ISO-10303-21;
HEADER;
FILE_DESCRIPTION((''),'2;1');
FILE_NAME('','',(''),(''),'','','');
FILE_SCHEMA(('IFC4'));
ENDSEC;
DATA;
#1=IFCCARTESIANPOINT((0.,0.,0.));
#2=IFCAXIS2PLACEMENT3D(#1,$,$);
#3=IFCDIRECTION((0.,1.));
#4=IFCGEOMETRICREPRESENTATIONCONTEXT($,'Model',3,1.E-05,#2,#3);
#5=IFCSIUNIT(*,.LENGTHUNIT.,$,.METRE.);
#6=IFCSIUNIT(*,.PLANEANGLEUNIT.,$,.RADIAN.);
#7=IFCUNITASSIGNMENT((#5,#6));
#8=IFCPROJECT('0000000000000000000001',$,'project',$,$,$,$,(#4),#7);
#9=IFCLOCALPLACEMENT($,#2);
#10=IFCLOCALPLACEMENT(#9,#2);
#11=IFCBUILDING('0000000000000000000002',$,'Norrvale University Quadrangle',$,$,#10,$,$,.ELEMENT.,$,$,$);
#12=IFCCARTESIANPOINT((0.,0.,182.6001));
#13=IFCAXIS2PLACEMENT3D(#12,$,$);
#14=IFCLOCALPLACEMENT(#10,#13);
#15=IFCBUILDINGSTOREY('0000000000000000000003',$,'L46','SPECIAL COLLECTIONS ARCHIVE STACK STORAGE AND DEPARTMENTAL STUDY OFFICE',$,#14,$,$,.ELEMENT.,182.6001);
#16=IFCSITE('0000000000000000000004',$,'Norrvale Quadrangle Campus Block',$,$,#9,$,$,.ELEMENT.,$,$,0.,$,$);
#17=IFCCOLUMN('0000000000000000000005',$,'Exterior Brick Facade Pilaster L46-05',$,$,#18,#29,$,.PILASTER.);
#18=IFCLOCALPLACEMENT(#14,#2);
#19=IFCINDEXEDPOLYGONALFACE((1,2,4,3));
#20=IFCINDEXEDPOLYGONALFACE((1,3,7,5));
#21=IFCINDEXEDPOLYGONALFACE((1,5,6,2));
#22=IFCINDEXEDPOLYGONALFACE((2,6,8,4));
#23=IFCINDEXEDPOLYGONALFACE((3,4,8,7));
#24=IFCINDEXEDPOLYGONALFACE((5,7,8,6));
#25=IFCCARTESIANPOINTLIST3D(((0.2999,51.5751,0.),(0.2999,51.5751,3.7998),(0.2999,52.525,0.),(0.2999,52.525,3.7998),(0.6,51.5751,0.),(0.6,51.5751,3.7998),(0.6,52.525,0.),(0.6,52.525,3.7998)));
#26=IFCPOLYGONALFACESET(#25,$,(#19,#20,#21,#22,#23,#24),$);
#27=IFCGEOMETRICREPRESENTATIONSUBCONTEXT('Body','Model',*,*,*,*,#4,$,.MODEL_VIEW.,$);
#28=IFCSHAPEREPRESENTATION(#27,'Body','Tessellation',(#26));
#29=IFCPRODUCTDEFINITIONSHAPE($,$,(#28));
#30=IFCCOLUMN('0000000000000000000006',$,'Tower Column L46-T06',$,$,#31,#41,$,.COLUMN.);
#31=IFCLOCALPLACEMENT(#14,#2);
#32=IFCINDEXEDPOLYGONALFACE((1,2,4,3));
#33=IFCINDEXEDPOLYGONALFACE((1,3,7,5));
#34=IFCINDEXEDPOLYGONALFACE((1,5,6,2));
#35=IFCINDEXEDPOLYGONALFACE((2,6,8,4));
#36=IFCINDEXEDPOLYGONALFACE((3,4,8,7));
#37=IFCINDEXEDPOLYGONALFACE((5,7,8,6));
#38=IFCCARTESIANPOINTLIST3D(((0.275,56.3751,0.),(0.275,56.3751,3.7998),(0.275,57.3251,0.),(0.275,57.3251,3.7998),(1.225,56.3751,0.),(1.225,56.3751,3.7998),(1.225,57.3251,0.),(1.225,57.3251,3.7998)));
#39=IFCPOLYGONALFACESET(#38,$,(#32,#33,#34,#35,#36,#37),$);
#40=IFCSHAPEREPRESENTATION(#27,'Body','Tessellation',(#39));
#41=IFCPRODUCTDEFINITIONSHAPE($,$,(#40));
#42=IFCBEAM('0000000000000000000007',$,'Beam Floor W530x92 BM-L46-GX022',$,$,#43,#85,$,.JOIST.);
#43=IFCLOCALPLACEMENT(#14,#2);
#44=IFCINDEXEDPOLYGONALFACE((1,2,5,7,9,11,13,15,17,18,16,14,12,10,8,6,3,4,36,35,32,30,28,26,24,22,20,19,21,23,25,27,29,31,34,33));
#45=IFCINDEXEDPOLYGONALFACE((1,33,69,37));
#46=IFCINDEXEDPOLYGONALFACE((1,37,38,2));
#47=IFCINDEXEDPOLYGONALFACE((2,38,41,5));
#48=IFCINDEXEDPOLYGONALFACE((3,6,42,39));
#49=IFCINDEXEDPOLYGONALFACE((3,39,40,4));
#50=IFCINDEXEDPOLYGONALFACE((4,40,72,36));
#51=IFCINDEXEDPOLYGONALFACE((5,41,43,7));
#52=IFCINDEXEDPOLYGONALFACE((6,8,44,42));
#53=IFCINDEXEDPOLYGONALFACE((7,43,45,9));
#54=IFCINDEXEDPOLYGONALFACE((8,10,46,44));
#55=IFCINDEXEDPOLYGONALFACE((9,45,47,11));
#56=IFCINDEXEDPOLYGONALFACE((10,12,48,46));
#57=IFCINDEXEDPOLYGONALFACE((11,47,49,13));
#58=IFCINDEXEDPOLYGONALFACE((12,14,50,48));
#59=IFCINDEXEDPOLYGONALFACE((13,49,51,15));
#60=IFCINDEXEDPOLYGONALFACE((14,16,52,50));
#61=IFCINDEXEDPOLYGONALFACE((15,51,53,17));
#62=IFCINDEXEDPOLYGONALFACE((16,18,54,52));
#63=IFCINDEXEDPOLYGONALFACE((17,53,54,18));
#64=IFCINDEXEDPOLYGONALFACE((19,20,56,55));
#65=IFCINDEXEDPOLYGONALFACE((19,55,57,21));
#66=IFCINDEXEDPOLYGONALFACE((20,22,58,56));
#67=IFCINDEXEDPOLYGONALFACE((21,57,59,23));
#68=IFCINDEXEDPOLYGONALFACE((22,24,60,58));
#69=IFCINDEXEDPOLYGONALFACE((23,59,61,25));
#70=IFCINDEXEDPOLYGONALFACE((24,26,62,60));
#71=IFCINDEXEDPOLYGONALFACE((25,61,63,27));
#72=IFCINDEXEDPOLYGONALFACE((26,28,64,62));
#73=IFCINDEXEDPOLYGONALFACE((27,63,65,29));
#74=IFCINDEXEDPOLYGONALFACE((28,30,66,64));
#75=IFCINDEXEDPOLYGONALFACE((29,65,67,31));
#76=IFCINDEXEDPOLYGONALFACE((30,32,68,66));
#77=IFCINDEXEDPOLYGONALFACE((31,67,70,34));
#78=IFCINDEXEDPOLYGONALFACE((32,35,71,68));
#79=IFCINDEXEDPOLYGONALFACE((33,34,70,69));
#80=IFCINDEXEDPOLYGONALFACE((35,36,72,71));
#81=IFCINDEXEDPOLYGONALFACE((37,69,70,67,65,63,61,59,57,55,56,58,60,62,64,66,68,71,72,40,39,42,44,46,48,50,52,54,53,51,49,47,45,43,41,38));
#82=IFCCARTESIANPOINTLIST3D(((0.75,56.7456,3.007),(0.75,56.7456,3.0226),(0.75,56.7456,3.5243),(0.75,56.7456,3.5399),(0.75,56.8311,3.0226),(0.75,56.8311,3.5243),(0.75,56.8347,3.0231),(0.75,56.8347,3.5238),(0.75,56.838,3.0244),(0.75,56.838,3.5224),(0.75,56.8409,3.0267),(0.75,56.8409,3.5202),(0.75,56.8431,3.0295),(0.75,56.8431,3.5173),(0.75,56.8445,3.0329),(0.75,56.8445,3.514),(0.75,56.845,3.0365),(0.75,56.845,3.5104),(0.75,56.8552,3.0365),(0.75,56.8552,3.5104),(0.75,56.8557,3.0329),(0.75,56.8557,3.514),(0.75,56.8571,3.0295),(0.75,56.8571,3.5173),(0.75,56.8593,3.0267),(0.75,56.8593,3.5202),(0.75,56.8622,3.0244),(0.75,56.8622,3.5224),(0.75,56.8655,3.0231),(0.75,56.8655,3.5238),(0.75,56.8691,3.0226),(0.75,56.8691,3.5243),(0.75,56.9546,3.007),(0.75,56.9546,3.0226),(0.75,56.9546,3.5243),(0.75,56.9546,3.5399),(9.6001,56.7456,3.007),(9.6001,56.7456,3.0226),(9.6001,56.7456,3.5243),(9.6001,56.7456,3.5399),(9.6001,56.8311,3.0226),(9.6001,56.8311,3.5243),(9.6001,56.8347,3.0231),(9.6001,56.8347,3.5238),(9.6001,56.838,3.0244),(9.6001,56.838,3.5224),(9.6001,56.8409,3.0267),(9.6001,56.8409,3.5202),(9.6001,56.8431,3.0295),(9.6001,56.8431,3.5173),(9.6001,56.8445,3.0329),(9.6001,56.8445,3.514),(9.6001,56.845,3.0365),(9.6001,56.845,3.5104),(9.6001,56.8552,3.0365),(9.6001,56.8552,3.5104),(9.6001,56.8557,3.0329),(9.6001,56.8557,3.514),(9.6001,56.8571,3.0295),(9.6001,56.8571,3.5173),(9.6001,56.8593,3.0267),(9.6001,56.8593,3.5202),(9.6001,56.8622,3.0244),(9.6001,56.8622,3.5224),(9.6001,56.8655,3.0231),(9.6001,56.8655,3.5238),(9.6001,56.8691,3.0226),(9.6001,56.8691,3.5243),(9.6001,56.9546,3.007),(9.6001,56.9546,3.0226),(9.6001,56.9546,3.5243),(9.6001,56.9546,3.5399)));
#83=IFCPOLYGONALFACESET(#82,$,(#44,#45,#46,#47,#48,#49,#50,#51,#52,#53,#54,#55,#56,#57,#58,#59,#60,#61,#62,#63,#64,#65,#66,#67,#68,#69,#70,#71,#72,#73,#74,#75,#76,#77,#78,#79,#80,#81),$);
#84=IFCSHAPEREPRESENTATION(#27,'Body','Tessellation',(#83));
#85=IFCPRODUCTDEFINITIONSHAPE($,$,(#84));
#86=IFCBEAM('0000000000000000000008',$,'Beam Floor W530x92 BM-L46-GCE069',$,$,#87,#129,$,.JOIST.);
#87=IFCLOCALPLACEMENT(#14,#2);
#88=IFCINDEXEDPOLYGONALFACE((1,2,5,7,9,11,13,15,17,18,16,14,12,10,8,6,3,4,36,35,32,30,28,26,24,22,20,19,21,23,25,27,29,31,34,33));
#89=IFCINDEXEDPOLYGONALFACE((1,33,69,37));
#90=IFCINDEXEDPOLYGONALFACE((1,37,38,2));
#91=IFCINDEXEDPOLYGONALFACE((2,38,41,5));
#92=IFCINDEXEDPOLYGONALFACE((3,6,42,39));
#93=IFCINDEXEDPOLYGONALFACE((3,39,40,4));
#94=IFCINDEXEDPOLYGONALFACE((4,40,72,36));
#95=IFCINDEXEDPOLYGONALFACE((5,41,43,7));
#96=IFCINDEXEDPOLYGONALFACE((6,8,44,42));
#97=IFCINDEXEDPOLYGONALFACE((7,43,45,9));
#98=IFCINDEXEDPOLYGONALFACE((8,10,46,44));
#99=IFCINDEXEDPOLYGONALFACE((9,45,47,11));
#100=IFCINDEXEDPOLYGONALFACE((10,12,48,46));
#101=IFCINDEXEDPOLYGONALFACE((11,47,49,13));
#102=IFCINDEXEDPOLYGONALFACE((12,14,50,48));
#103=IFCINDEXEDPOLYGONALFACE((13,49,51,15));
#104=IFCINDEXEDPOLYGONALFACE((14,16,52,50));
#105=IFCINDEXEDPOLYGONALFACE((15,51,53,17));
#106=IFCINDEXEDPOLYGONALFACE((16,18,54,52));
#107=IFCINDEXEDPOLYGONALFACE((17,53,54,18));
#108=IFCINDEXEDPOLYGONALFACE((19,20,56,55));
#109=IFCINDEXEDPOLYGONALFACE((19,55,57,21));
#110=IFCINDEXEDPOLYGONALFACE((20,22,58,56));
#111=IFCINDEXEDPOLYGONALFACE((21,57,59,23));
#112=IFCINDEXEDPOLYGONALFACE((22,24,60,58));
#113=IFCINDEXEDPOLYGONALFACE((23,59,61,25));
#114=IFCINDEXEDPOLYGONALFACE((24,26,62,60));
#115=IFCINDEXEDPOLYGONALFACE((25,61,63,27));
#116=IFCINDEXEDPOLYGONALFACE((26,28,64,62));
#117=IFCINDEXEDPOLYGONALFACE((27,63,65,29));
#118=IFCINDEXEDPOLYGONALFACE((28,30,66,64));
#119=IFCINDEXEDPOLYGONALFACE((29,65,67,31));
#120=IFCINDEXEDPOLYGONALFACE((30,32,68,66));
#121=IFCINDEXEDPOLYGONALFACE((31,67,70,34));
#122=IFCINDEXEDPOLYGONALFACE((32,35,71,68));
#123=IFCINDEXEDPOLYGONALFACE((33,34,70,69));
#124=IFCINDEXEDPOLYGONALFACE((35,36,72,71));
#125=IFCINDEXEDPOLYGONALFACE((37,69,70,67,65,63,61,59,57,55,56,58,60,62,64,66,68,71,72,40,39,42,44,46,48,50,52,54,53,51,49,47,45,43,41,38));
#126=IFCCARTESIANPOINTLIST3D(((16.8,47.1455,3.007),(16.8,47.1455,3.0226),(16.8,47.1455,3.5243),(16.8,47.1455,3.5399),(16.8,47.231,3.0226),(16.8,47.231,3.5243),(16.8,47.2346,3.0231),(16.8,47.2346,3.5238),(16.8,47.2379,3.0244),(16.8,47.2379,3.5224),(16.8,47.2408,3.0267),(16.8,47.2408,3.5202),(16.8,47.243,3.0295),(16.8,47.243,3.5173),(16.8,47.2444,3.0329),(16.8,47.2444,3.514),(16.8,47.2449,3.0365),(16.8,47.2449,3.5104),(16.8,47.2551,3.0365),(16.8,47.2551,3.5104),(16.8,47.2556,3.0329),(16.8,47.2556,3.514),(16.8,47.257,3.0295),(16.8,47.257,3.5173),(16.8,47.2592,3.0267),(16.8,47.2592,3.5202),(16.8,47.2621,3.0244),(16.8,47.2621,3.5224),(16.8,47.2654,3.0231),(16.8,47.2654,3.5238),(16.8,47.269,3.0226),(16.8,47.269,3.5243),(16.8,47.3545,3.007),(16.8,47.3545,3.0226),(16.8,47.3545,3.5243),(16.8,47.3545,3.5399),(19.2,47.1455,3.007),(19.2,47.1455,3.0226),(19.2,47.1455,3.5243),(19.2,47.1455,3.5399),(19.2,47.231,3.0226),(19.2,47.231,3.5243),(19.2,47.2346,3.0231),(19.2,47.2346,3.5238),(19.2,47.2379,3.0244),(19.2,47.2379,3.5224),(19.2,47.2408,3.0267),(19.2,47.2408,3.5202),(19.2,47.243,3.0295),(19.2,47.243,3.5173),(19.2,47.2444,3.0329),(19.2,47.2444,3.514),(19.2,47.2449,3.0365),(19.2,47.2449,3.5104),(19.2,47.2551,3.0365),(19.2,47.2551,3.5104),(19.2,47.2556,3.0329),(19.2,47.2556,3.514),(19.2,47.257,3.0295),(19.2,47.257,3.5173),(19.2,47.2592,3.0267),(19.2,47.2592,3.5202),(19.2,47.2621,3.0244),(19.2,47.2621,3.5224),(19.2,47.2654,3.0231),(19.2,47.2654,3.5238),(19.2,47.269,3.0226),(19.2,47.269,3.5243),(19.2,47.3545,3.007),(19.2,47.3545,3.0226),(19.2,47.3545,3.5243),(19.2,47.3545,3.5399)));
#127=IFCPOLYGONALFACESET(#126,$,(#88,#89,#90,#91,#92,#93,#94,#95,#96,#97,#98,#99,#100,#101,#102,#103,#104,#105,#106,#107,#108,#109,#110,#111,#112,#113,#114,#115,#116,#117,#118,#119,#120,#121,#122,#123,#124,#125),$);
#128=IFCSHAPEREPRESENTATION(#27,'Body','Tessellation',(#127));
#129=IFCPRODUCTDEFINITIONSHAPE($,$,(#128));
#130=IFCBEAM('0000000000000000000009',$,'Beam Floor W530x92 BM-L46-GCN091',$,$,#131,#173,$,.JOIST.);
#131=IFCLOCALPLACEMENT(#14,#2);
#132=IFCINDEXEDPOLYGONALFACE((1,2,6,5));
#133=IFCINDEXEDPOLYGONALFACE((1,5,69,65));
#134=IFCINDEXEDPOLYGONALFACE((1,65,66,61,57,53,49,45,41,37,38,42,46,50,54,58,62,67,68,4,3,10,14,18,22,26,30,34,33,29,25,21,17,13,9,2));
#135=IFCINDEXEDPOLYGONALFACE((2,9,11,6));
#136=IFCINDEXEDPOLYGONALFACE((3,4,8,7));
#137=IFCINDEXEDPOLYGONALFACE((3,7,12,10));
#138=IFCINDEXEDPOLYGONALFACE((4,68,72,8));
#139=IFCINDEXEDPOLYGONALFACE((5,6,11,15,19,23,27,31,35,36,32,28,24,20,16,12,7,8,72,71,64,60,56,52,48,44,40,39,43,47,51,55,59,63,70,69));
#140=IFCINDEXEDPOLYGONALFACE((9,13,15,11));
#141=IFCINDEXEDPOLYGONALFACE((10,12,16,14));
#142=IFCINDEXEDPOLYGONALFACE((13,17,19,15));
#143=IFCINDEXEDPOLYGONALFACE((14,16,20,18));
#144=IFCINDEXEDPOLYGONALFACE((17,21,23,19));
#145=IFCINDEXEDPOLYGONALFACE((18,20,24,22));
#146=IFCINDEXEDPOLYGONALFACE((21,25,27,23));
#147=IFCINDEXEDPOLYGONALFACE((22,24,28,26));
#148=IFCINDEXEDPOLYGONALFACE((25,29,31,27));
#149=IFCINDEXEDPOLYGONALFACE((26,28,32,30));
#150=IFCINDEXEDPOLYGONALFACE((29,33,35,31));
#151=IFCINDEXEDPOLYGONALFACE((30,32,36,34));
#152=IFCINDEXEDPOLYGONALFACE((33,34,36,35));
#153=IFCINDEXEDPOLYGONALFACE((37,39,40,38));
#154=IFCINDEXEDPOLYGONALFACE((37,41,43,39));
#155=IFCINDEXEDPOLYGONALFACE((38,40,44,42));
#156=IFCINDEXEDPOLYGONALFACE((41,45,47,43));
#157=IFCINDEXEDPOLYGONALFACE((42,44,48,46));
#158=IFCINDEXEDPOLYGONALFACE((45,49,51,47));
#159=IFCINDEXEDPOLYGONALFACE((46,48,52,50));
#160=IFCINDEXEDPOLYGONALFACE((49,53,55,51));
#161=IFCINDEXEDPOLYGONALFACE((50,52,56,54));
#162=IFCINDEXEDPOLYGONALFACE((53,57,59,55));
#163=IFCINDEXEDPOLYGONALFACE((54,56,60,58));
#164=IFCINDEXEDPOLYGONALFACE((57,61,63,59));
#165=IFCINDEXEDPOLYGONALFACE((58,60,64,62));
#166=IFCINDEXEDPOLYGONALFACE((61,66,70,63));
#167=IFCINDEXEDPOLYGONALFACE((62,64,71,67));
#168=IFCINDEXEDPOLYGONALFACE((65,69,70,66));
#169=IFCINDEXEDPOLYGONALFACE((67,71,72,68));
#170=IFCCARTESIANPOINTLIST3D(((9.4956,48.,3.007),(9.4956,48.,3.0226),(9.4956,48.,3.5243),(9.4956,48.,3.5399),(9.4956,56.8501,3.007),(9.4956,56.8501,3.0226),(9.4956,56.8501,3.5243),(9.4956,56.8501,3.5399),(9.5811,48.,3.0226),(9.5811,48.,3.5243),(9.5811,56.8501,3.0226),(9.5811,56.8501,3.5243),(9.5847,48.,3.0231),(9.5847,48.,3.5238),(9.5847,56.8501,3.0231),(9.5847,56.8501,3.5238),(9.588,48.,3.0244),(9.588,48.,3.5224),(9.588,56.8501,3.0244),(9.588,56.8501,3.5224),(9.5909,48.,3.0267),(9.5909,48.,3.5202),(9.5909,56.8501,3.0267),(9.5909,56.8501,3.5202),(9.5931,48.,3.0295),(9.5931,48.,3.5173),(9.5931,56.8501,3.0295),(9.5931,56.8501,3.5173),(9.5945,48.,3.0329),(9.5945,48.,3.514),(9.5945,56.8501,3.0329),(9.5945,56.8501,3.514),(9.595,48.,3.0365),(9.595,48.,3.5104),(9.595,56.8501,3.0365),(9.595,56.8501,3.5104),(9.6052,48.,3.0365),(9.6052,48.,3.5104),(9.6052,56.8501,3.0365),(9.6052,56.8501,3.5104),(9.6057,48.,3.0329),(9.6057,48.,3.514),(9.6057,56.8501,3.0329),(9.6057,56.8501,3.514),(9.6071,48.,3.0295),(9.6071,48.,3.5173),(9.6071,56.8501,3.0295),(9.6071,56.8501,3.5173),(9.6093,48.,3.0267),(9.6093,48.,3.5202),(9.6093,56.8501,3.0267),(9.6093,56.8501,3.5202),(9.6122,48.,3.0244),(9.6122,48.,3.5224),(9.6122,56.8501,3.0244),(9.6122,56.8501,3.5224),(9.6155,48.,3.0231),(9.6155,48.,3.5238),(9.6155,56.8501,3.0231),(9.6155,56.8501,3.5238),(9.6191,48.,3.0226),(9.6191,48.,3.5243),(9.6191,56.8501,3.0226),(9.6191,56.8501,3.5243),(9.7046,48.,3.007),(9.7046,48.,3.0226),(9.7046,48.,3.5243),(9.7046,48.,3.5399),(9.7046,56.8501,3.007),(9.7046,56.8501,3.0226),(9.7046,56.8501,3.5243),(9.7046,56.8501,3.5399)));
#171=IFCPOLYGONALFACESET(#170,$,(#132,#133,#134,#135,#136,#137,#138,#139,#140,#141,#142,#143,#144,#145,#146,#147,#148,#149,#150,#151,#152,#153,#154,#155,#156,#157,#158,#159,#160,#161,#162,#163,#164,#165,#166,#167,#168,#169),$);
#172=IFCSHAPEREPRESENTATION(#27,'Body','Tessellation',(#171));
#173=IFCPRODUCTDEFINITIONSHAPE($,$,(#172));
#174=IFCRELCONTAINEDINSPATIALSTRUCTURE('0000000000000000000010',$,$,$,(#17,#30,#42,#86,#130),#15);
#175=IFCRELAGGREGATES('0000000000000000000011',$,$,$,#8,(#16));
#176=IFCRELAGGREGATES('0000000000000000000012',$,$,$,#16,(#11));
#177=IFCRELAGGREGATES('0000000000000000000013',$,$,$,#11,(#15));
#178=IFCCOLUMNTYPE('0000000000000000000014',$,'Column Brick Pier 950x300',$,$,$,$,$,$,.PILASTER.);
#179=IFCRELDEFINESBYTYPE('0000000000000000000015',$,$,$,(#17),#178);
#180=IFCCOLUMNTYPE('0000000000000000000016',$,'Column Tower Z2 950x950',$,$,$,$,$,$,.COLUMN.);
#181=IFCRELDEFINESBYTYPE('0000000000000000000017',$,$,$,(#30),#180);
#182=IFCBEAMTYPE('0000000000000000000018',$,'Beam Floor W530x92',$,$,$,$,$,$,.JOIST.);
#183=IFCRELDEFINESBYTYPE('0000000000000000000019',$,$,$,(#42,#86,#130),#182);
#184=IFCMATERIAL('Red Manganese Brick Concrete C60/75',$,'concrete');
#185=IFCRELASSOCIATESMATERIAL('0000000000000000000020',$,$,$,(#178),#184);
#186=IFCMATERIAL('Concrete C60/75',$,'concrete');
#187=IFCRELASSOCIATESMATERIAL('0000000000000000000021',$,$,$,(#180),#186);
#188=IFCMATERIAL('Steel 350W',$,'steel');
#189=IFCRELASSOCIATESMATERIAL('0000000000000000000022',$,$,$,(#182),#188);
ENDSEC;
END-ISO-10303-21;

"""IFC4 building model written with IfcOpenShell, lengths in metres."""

from ifc_helpers import new_model, si_unit, direction, frame, origin, origin_2d, place, context, subcontext, project, spatial, rectangle, i_section, extrude, material, material_profile, profile_set, type_object, element, save


model = new_model("IFC4")

# Units and contexts
model_context = context("Model", 3, precision=1e-05, world=origin(), true_north=direction((0.0, 1.0)))
body_context = subcontext(model_context, "Body", "Model", "MODEL_VIEW")
ifc_project = project(units=[si_unit("LENGTHUNIT", "METRE"), si_unit("PLANEANGLEUNIT", "RADIAN")], contexts=[model_context])

# Site, building, storey
site_placement = place(None, origin())
site = spatial("IfcSite", under=ifc_project, at=site_placement, Name="Norrvale Quadrangle Campus Block", CompositionType="ELEMENT", RefElevation=0.0)
building_placement = place(site_placement, origin())
building = spatial("IfcBuilding", under=site, at=building_placement, Name="Norrvale University Quadrangle", CompositionType="ELEMENT")
storey_placement = place(building_placement, frame((0.0, 0.0, 182.6001)))
storey = spatial("IfcBuildingStorey", under=building, at=storey_placement, Name="L46", Description="SPECIAL COLLECTIONS ARCHIVE STACK STORAGE AND DEPARTMENTAL STUDY OFFICE", CompositionType="ELEMENT", Elevation=182.6001)

# Columns
ifc_material_1 = material(Name="Red Manganese Brick Concrete C60/75", Category="concrete")
ifc_material_profile_1 = material_profile(ifc_material_1, rectangle(XDim=0.95, YDim=0.3, at=origin_2d()), Name="Red Manganese Brick Concrete C60/75")
ifc_profile_set_1 = profile_set([ifc_material_profile_1], Name="Red Manganese Brick Concrete C60/75")
column_type_1 = type_object("IfcColumnType", Name="Column Brick Pier 950x300", PredefinedType="PILASTER", material=ifc_profile_set_1)
column_1_placement = place(storey_placement, frame((0.45, 52.05, 0.0), z_axis=(0.0, 0.0, 1.0), x_axis=(0.0, 1.0, 0.0)))
element("IfcColumn", 1, at=column_1_placement, inside=storey, type_object=column_type_1, Name="Exterior Brick Facade Pilaster L46-05", PredefinedType="PILASTER", context=body_context, shape_type="SweptSolid", body=[
    extrude(rectangle(XDim=0.95, YDim=0.3, at=origin_2d()), origin(), (0.0, 0.0, 1.0), 3.7998),
])
ifc_material_2 = material(Name="Concrete C60/75", Category="concrete")
ifc_material_profile_2 = material_profile(ifc_material_2, rectangle(XDim=0.95, YDim=0.95, at=origin_2d()), Name="Concrete C60/75")
ifc_profile_set_2 = profile_set([ifc_material_profile_2], Name="Concrete C60/75")
column_type_2 = type_object("IfcColumnType", Name="Column Tower Z2 950x950", PredefinedType="COLUMN", material=ifc_profile_set_2)
column_2_placement = place(storey_placement, frame((0.75, 56.8501, 0.0), z_axis=(0.0, 0.0, 1.0), x_axis=(1.0, 0.0, 0.0)))
element("IfcColumn", 2, at=column_2_placement, inside=storey, type_object=column_type_2, Name="Tower Column L46-T06", PredefinedType="COLUMN", context=body_context, shape_type="SweptSolid", body=[
    extrude(rectangle(XDim=0.95, YDim=0.95, at=origin_2d()), origin(), (0.0, 0.0, 1.0), 3.7998),
])

# Beams
ifc_material_3 = material(Name="Steel 350W", Category="steel")
ifc_material_profile_3 = material_profile(ifc_material_3, i_section(OverallWidth=0.209, OverallDepth=0.533, WebThickness=0.0103, FlangeThickness=0.0156, FilletRadius=0.0139, at=origin_2d()), Name="Steel 350W")
ifc_profile_set_3 = profile_set([ifc_material_profile_3], Name="Steel 350W")
beam_type_1 = type_object("IfcBeamType", Name="Beam Floor W530x92", PredefinedType="JOIST", material=ifc_profile_set_3)
beam_1_placement = place(storey_placement, frame((0.75, 56.8501, 3.2734), z_axis=(1.0, 0.0, 0.0), x_axis=(0.0, 1.0, 0.0)))
element("IfcBeam", 3, at=beam_1_placement, inside=storey, type_object=beam_type_1, Name="Beam Floor W530x92 BM-L46-GX022", PredefinedType="JOIST", context=body_context, shape_type="SweptSolid", body=[
    extrude(i_section(OverallWidth=0.209, OverallDepth=0.533, WebThickness=0.0103, FlangeThickness=0.0156, FilletRadius=0.0139, at=origin_2d()), origin(), (0.0, 0.0, 1.0), 8.8501),
])
beam_2_placement = place(storey_placement, frame((16.8, 47.25, 3.2734), z_axis=(1.0, 0.0, 0.0), x_axis=(0.0, 1.0, 0.0)))
element("IfcBeam", 4, at=beam_2_placement, inside=storey, type_object=beam_type_1, Name="Beam Floor W530x92 BM-L46-GCE069", PredefinedType="JOIST", context=body_context, shape_type="SweptSolid", body=[
    extrude(i_section(OverallWidth=0.209, OverallDepth=0.533, WebThickness=0.0103, FlangeThickness=0.0156, FilletRadius=0.0139, at=origin_2d()), origin(), (0.0, 0.0, 1.0), 2.3999),
])
beam_3_placement = place(storey_placement, frame((9.6001, 48.0, 3.2734), z_axis=(0.0, 1.0, 0.0), x_axis=(-1.0, 0.0, 0.0)))
element("IfcBeam", 5, at=beam_3_placement, inside=storey, type_object=beam_type_1, Name="Beam Floor W530x92 BM-L46-GCN091", PredefinedType="JOIST", context=body_context, shape_type="SweptSolid", body=[
    extrude(i_section(OverallWidth=0.209, OverallDepth=0.533, WebThickness=0.0103, FlangeThickness=0.0156, FilletRadius=0.0139, at=origin_2d()), origin(), (0.0, 0.0, 1.0), 8.8501),
])

save(model, "model.ifc")
